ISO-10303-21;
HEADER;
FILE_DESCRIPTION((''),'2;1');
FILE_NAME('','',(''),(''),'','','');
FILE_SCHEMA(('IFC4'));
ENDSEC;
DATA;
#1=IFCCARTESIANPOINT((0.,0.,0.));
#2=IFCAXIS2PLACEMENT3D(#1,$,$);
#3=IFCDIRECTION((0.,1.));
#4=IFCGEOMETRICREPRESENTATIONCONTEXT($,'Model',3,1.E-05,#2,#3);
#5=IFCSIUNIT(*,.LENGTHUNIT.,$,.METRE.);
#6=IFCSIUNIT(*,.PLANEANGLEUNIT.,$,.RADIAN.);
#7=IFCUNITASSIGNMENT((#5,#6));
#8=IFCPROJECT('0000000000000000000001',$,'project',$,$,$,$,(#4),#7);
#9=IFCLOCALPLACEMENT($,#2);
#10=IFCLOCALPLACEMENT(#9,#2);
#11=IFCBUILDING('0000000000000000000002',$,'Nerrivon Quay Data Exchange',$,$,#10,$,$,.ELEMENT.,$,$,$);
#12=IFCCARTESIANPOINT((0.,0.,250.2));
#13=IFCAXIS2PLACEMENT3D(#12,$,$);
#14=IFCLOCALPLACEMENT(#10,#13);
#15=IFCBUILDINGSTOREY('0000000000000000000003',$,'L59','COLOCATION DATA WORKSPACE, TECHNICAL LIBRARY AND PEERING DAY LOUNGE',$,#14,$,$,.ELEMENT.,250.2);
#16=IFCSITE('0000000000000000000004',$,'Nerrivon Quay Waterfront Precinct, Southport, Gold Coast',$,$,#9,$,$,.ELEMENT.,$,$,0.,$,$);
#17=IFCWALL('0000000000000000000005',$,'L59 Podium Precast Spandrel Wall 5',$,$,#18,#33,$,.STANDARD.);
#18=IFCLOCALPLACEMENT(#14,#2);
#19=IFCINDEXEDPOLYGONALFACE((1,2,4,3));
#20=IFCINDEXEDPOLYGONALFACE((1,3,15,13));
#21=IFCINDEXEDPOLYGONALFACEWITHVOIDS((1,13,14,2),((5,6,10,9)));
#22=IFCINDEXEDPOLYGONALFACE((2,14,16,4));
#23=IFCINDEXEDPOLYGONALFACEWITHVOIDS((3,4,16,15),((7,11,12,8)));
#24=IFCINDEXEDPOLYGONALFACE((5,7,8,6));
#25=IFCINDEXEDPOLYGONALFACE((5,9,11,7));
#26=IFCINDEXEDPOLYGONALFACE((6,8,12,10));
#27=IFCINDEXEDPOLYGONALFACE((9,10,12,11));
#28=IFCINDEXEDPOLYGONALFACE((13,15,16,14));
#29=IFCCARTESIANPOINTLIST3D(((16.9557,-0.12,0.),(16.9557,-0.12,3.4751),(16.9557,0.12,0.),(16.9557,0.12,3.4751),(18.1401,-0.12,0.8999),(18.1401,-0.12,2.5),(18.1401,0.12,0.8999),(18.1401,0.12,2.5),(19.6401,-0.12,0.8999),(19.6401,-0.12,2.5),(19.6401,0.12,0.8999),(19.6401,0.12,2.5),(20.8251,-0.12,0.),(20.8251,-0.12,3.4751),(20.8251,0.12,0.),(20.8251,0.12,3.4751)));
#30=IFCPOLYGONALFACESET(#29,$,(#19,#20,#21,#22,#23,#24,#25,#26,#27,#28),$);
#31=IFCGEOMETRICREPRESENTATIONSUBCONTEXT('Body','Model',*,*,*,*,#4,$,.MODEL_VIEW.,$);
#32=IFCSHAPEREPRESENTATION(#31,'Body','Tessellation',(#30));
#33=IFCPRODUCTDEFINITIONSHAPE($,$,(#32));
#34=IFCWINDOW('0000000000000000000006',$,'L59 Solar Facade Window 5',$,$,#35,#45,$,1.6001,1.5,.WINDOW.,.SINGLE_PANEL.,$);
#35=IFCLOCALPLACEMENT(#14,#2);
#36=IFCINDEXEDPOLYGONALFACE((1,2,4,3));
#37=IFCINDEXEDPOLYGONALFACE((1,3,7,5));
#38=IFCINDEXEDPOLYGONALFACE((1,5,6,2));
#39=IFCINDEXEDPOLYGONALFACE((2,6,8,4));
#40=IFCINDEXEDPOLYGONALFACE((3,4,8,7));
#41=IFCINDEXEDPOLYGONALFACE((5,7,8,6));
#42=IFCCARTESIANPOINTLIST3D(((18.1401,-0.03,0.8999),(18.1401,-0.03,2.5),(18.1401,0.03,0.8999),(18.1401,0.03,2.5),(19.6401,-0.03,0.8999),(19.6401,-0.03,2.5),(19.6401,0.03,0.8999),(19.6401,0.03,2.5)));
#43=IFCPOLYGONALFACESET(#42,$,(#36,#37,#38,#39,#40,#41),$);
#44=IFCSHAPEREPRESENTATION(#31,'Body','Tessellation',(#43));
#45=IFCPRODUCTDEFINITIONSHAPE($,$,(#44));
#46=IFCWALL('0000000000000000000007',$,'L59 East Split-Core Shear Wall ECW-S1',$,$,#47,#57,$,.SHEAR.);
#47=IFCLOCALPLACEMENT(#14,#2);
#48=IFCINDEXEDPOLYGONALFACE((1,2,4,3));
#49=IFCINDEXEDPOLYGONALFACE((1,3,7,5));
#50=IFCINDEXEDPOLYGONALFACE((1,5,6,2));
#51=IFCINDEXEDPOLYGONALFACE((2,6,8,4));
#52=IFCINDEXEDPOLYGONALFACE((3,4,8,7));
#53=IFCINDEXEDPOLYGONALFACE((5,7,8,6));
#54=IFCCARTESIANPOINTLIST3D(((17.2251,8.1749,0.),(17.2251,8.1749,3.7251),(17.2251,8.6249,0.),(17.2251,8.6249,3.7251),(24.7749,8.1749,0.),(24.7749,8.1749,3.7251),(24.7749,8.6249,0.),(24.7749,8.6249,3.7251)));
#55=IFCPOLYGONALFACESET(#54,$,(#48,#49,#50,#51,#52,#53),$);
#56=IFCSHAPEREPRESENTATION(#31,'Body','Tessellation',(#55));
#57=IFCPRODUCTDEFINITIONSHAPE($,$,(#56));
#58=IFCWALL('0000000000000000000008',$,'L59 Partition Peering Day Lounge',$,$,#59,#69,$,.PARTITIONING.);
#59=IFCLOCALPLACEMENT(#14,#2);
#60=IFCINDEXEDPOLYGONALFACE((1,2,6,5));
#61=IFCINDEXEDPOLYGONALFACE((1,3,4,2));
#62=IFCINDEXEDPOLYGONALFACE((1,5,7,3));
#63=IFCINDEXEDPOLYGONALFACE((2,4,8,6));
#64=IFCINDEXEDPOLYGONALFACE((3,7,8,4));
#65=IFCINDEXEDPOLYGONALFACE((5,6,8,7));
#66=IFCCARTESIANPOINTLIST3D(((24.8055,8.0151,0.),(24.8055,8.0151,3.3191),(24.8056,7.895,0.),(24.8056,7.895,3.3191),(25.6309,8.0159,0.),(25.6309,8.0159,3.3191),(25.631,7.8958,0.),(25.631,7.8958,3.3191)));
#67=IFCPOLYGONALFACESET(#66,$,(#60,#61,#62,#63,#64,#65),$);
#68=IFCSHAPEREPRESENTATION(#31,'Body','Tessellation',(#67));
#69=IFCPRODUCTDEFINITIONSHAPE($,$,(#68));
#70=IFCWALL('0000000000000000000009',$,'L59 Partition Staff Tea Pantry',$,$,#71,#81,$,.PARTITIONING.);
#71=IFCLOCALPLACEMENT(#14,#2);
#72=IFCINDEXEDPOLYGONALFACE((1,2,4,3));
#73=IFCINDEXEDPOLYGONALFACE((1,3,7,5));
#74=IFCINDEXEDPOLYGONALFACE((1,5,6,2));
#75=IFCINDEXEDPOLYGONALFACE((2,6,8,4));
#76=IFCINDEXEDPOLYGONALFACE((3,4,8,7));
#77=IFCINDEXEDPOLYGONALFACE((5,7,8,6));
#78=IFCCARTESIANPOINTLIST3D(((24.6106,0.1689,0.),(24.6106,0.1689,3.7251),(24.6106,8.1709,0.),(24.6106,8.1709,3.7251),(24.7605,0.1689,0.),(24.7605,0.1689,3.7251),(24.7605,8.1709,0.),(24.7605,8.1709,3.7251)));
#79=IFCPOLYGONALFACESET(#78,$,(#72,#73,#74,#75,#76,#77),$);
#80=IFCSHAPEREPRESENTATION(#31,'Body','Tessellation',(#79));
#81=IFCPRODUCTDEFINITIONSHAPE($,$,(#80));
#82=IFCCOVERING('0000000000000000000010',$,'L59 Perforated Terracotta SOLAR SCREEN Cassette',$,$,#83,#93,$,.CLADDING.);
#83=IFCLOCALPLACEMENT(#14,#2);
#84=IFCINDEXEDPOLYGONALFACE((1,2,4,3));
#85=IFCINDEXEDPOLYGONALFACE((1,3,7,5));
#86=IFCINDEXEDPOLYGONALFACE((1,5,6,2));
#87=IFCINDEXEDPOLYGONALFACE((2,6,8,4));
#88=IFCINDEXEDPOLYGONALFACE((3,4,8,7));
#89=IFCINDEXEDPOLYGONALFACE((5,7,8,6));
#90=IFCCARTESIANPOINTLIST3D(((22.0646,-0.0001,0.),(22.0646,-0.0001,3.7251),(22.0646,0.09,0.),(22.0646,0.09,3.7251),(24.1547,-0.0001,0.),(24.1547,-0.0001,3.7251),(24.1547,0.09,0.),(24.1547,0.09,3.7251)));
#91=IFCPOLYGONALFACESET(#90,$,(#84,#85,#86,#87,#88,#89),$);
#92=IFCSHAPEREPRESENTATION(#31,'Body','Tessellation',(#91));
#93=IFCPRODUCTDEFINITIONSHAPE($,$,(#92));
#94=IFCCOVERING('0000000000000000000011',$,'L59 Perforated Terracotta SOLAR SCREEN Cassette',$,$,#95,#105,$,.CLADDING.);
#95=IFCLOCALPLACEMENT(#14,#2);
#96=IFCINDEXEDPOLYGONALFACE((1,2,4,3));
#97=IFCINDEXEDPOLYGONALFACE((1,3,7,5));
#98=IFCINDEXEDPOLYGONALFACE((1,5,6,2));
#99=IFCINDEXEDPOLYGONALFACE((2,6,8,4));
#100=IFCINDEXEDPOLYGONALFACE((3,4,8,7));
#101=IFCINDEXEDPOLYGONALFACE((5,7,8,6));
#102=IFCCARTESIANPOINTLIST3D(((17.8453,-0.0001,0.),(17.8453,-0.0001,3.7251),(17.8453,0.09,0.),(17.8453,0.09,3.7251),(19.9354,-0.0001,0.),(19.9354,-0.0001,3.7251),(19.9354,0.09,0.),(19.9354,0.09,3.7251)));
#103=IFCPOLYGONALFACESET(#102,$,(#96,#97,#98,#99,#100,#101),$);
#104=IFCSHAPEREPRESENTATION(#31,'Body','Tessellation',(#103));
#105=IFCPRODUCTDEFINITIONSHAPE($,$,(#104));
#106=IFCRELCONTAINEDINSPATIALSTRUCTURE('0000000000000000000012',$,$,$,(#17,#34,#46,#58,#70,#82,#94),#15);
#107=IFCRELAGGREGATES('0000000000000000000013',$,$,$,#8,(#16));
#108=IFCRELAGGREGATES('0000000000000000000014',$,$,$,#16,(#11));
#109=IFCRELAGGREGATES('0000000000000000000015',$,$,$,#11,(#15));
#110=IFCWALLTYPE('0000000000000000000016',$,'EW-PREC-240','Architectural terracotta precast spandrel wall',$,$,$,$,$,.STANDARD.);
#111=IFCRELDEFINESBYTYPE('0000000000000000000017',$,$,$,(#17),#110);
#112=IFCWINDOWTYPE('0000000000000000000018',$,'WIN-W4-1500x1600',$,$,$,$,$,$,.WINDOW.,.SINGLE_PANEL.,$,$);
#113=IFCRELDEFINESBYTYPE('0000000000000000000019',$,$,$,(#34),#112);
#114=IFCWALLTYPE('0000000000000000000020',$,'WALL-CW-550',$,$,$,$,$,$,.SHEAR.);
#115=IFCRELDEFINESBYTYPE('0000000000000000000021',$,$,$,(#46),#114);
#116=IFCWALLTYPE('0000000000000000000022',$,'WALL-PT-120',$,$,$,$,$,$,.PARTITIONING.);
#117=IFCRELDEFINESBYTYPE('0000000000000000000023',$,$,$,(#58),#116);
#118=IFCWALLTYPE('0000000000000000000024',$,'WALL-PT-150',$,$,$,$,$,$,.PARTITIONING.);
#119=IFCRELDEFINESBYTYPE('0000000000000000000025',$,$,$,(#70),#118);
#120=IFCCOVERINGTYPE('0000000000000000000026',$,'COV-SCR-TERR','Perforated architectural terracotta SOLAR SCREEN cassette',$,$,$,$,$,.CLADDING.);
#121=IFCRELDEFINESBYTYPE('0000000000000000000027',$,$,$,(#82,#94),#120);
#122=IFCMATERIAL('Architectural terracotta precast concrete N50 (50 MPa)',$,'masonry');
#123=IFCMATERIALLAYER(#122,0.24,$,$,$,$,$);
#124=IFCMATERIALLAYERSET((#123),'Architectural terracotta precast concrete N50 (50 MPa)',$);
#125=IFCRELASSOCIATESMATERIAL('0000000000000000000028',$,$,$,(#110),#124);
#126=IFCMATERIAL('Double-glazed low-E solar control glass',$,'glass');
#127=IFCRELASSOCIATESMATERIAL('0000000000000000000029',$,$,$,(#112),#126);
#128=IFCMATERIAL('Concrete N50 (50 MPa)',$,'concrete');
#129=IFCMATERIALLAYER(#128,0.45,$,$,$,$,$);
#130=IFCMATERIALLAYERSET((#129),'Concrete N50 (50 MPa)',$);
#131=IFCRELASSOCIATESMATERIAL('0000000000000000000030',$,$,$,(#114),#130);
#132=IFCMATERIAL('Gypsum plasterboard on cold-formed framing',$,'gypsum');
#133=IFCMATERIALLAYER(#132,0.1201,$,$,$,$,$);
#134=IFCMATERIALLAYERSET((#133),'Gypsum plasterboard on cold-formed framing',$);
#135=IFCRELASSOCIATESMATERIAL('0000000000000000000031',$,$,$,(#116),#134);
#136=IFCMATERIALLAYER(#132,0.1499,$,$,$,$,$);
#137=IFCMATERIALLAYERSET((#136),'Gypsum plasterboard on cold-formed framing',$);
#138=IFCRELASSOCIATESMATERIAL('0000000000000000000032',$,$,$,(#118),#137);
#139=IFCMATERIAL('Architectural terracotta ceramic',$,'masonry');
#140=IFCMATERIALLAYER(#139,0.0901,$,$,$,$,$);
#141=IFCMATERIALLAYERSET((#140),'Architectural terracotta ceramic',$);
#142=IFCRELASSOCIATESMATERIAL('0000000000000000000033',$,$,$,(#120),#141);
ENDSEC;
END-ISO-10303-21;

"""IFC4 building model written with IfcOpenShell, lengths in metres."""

from ifc_helpers import new_model, si_unit, direction, frame, frame_2d, origin, origin_2d, place, context, subcontext, project, spatial, rectangle, extrude, material, layer, layer_set, type_object, element, fill, save


model = new_model("IFC4")

# Units and contexts
model_context = context("Model", 3, precision=1e-05, world=origin(), true_north=direction((0.0, 1.0)))
body_context = subcontext(model_context, "Body", "Model", "MODEL_VIEW")
ifc_project = project(units=[si_unit("LENGTHUNIT", "METRE"), si_unit("PLANEANGLEUNIT", "RADIAN")], contexts=[model_context])

# Site, building, storey
site_placement = place(None, origin())
site = spatial("IfcSite", under=ifc_project, at=site_placement, Name="Nerrivon Quay Waterfront Precinct, Southport, Gold Coast", CompositionType="ELEMENT", RefElevation=0.0)
building_placement = place(site_placement, origin())
building = spatial("IfcBuilding", under=site, at=building_placement, Name="Nerrivon Quay Data Exchange", CompositionType="ELEMENT")
storey_placement = place(building_placement, frame((0.0, 0.0, 250.2)))
storey = spatial("IfcBuildingStorey", under=building, at=storey_placement, Name="L59", Description="COLOCATION DATA WORKSPACE, TECHNICAL LIBRARY AND PEERING DAY LOUNGE", CompositionType="ELEMENT", Elevation=250.2)

# Shared definitions
ifc_material_1 = material(Name="Concrete N50 (50 MPa)", Category="concrete")

# Shared definitions
ifc_material_2 = material(Name="Double-glazed low-E solar control glass", Category="glass")

# Wall, opening, window
ifc_material_3 = material(Name="Architectural terracotta precast concrete N50 (50 MPa)", Category="masonry")
ifc_layer_1 = layer(ifc_material_3, 0.24)
ifc_layer_set_1 = layer_set([ifc_layer_1], Name="Architectural terracotta precast concrete N50 (50 MPa)")
wall_type_1 = type_object("IfcWallType", Name="EW-PREC-240", Description="Architectural terracotta precast spandrel wall", PredefinedType="STANDARD", material=ifc_layer_set_1)
wall_1_placement = place(storey_placement, frame((20.825, 0.0, 0.0), z_axis=(0.0, 0.0, 1.0), x_axis=(-1.0, 0.0, 0.0)))
wall_1 = element("IfcWall", 1, at=wall_1_placement, inside=storey, type_object=wall_type_1, Name="L59 Podium Precast Spandrel Wall 5", PredefinedType="STANDARD", context=body_context, shape_type="SweptSolid", body=[
    extrude(rectangle(XDim=3.8694, YDim=0.24, at=frame_2d((1.9346, 0.0))), origin(), (0.0, 0.0, 1.0), 3.4751),
])
opening_1_placement = place(wall_1_placement, frame((1.1848, 0.0, 0.8999)))
opening_1 = element("IfcOpeningElement", 2, at=opening_1_placement, cuts=wall_1, PredefinedType="OPENING", context=body_context, shape_type="SweptSolid", body=[
    extrude(rectangle(XDim=1.5, YDim=1.6001, at=frame_2d((0.75, 0.8))), frame((0.0, 0.1299, 0.0), z_axis=(0.0, -1.0, 0.0), x_axis=(1.0, 0.0, 0.0)), (0.0, 0.0, 1.0), 0.26),
])
window_type = type_object("IfcWindowType", Name="WIN-W4-1500x1600", PartitioningType="SINGLE_PANEL", PredefinedType="WINDOW", material=ifc_material_2)
window_placement = place(opening_1_placement, origin())
window = element("IfcWindow", 3, at=window_placement, inside=storey, type_object=window_type, Name="L59 Solar Facade Window 5", OverallHeight=1.6001, OverallWidth=1.5, PartitioningType="SINGLE_PANEL", PredefinedType="WINDOW", context=body_context, shape_type="SweptSolid", body=[
    extrude(rectangle(XDim=1.5, YDim=1.6001, at=frame_2d((0.75, 0.8))), frame((0.0, 0.03, 0.0), z_axis=(0.0, -1.0, 0.0), x_axis=(1.0, 0.0, 0.0)), (0.0, 0.0, 1.0), 0.0601),
])
fill(opening_1, window)

# Wall
ifc_layer_2 = layer(ifc_material_1, 0.45)
ifc_layer_set_2 = layer_set([ifc_layer_2], Name="Concrete N50 (50 MPa)")
wall_type_2 = type_object("IfcWallType", Name="WALL-CW-550", PredefinedType="SHEAR", material=ifc_layer_set_2)
wall_2_placement = place(storey_placement, frame((17.2251, 8.3999, 0.0), z_axis=(0.0, 0.0, 1.0), x_axis=(1.0, 0.0, 0.0)))
element("IfcWall", 4, at=wall_2_placement, inside=storey, type_object=wall_type_2, Name="L59 East Split-Core Shear Wall ECW-S1", PredefinedType="SHEAR", context=body_context, shape_type="SweptSolid", body=[
    extrude(rectangle(XDim=7.5498, YDim=0.45, at=frame_2d((3.7749, 0.0))), origin(), (0.0, 0.0, 1.0), 3.7251),
])

# Shared definitions
ifc_material_4 = material(Name="Gypsum plasterboard on cold-formed framing", Category="gypsum")
ifc_layer_3 = layer(ifc_material_4, 0.1201)
ifc_layer_set_3 = layer_set([ifc_layer_3], Name="Gypsum plasterboard on cold-formed framing")
wall_type_3 = type_object("IfcWallType", Name="WALL-PT-120", PredefinedType="PARTITIONING", material=ifc_layer_set_3)

# Walls
wall_3_placement = place(storey_placement, frame((25.6309, 7.9558, 0.0), z_axis=(0.0, 0.0, 1.0), x_axis=(-1.0, -0.000887, 0.0)))
element("IfcWall", 5, at=wall_3_placement, inside=storey, type_object=wall_type_3, Name="L59 Partition Peering Day Lounge", PredefinedType="PARTITIONING", context=body_context, shape_type="SweptSolid", body=[
    extrude(rectangle(XDim=0.8254, YDim=0.1201, at=frame_2d((0.4126, 0.0))), origin(), (0.0, 0.0, 1.0), 3.3191),
])
ifc_layer_4 = layer(ifc_material_4, 0.1499)
ifc_layer_set_4 = layer_set([ifc_layer_4], Name="Gypsum plasterboard on cold-formed framing")
wall_type_4 = type_object("IfcWallType", Name="WALL-PT-150", PredefinedType="PARTITIONING", material=ifc_layer_set_4)
wall_4_placement = place(storey_placement, frame((24.6855, 0.1689, 0.0), z_axis=(0.0, 0.0, 1.0), x_axis=(0.0, 1.0, 0.0)))
element("IfcWall", 6, at=wall_4_placement, inside=storey, type_object=wall_type_4, Name="L59 Partition Staff Tea Pantry", PredefinedType="PARTITIONING", context=body_context, shape_type="SweptSolid", body=[
    extrude(rectangle(XDim=8.002, YDim=0.1499, at=frame_2d((4.001, 0.0))), origin(), (0.0, 0.0, 1.0), 3.7251),
])

# Coverings
ifc_material_5 = material(Name="Architectural terracotta ceramic", Category="masonry")
ifc_layer_5 = layer(ifc_material_5, 0.0901)
ifc_layer_set_5 = layer_set([ifc_layer_5], Name="Architectural terracotta ceramic")
covering_type = type_object("IfcCoveringType", Name="COV-SCR-TERR", Description="Perforated architectural terracotta SOLAR SCREEN cassette", PredefinedType="CLADDING", material=ifc_layer_set_5)
for number, where, z_axis, x_axis, name in (
    (7, (23.1096, 0.0449, 0.0), (0.0, 0.0, 1.0), (-1.0, 0.0, 0.0), "L59 Perforated Terracotta SOLAR SCREEN Cassette"),
    (8, (18.8904, 0.0449, 0.0), (0.0, 0.0, 1.0), (-1.0, 0.0, 0.0), "L59 Perforated Terracotta SOLAR SCREEN Cassette"),
):
    element("IfcCovering", number, at=place(storey_placement, frame(where, z_axis=z_axis, x_axis=x_axis)), inside=storey, type_object=covering_type, Name=name, PredefinedType="CLADDING", context=body_context, shape_type="SweptSolid", body=[
        extrude(rectangle(XDim=2.0901, YDim=0.0901, at=origin_2d()), origin(), (0.0, 0.0, 1.0), 3.7251),
    ])

save(model, "model.ifc")
